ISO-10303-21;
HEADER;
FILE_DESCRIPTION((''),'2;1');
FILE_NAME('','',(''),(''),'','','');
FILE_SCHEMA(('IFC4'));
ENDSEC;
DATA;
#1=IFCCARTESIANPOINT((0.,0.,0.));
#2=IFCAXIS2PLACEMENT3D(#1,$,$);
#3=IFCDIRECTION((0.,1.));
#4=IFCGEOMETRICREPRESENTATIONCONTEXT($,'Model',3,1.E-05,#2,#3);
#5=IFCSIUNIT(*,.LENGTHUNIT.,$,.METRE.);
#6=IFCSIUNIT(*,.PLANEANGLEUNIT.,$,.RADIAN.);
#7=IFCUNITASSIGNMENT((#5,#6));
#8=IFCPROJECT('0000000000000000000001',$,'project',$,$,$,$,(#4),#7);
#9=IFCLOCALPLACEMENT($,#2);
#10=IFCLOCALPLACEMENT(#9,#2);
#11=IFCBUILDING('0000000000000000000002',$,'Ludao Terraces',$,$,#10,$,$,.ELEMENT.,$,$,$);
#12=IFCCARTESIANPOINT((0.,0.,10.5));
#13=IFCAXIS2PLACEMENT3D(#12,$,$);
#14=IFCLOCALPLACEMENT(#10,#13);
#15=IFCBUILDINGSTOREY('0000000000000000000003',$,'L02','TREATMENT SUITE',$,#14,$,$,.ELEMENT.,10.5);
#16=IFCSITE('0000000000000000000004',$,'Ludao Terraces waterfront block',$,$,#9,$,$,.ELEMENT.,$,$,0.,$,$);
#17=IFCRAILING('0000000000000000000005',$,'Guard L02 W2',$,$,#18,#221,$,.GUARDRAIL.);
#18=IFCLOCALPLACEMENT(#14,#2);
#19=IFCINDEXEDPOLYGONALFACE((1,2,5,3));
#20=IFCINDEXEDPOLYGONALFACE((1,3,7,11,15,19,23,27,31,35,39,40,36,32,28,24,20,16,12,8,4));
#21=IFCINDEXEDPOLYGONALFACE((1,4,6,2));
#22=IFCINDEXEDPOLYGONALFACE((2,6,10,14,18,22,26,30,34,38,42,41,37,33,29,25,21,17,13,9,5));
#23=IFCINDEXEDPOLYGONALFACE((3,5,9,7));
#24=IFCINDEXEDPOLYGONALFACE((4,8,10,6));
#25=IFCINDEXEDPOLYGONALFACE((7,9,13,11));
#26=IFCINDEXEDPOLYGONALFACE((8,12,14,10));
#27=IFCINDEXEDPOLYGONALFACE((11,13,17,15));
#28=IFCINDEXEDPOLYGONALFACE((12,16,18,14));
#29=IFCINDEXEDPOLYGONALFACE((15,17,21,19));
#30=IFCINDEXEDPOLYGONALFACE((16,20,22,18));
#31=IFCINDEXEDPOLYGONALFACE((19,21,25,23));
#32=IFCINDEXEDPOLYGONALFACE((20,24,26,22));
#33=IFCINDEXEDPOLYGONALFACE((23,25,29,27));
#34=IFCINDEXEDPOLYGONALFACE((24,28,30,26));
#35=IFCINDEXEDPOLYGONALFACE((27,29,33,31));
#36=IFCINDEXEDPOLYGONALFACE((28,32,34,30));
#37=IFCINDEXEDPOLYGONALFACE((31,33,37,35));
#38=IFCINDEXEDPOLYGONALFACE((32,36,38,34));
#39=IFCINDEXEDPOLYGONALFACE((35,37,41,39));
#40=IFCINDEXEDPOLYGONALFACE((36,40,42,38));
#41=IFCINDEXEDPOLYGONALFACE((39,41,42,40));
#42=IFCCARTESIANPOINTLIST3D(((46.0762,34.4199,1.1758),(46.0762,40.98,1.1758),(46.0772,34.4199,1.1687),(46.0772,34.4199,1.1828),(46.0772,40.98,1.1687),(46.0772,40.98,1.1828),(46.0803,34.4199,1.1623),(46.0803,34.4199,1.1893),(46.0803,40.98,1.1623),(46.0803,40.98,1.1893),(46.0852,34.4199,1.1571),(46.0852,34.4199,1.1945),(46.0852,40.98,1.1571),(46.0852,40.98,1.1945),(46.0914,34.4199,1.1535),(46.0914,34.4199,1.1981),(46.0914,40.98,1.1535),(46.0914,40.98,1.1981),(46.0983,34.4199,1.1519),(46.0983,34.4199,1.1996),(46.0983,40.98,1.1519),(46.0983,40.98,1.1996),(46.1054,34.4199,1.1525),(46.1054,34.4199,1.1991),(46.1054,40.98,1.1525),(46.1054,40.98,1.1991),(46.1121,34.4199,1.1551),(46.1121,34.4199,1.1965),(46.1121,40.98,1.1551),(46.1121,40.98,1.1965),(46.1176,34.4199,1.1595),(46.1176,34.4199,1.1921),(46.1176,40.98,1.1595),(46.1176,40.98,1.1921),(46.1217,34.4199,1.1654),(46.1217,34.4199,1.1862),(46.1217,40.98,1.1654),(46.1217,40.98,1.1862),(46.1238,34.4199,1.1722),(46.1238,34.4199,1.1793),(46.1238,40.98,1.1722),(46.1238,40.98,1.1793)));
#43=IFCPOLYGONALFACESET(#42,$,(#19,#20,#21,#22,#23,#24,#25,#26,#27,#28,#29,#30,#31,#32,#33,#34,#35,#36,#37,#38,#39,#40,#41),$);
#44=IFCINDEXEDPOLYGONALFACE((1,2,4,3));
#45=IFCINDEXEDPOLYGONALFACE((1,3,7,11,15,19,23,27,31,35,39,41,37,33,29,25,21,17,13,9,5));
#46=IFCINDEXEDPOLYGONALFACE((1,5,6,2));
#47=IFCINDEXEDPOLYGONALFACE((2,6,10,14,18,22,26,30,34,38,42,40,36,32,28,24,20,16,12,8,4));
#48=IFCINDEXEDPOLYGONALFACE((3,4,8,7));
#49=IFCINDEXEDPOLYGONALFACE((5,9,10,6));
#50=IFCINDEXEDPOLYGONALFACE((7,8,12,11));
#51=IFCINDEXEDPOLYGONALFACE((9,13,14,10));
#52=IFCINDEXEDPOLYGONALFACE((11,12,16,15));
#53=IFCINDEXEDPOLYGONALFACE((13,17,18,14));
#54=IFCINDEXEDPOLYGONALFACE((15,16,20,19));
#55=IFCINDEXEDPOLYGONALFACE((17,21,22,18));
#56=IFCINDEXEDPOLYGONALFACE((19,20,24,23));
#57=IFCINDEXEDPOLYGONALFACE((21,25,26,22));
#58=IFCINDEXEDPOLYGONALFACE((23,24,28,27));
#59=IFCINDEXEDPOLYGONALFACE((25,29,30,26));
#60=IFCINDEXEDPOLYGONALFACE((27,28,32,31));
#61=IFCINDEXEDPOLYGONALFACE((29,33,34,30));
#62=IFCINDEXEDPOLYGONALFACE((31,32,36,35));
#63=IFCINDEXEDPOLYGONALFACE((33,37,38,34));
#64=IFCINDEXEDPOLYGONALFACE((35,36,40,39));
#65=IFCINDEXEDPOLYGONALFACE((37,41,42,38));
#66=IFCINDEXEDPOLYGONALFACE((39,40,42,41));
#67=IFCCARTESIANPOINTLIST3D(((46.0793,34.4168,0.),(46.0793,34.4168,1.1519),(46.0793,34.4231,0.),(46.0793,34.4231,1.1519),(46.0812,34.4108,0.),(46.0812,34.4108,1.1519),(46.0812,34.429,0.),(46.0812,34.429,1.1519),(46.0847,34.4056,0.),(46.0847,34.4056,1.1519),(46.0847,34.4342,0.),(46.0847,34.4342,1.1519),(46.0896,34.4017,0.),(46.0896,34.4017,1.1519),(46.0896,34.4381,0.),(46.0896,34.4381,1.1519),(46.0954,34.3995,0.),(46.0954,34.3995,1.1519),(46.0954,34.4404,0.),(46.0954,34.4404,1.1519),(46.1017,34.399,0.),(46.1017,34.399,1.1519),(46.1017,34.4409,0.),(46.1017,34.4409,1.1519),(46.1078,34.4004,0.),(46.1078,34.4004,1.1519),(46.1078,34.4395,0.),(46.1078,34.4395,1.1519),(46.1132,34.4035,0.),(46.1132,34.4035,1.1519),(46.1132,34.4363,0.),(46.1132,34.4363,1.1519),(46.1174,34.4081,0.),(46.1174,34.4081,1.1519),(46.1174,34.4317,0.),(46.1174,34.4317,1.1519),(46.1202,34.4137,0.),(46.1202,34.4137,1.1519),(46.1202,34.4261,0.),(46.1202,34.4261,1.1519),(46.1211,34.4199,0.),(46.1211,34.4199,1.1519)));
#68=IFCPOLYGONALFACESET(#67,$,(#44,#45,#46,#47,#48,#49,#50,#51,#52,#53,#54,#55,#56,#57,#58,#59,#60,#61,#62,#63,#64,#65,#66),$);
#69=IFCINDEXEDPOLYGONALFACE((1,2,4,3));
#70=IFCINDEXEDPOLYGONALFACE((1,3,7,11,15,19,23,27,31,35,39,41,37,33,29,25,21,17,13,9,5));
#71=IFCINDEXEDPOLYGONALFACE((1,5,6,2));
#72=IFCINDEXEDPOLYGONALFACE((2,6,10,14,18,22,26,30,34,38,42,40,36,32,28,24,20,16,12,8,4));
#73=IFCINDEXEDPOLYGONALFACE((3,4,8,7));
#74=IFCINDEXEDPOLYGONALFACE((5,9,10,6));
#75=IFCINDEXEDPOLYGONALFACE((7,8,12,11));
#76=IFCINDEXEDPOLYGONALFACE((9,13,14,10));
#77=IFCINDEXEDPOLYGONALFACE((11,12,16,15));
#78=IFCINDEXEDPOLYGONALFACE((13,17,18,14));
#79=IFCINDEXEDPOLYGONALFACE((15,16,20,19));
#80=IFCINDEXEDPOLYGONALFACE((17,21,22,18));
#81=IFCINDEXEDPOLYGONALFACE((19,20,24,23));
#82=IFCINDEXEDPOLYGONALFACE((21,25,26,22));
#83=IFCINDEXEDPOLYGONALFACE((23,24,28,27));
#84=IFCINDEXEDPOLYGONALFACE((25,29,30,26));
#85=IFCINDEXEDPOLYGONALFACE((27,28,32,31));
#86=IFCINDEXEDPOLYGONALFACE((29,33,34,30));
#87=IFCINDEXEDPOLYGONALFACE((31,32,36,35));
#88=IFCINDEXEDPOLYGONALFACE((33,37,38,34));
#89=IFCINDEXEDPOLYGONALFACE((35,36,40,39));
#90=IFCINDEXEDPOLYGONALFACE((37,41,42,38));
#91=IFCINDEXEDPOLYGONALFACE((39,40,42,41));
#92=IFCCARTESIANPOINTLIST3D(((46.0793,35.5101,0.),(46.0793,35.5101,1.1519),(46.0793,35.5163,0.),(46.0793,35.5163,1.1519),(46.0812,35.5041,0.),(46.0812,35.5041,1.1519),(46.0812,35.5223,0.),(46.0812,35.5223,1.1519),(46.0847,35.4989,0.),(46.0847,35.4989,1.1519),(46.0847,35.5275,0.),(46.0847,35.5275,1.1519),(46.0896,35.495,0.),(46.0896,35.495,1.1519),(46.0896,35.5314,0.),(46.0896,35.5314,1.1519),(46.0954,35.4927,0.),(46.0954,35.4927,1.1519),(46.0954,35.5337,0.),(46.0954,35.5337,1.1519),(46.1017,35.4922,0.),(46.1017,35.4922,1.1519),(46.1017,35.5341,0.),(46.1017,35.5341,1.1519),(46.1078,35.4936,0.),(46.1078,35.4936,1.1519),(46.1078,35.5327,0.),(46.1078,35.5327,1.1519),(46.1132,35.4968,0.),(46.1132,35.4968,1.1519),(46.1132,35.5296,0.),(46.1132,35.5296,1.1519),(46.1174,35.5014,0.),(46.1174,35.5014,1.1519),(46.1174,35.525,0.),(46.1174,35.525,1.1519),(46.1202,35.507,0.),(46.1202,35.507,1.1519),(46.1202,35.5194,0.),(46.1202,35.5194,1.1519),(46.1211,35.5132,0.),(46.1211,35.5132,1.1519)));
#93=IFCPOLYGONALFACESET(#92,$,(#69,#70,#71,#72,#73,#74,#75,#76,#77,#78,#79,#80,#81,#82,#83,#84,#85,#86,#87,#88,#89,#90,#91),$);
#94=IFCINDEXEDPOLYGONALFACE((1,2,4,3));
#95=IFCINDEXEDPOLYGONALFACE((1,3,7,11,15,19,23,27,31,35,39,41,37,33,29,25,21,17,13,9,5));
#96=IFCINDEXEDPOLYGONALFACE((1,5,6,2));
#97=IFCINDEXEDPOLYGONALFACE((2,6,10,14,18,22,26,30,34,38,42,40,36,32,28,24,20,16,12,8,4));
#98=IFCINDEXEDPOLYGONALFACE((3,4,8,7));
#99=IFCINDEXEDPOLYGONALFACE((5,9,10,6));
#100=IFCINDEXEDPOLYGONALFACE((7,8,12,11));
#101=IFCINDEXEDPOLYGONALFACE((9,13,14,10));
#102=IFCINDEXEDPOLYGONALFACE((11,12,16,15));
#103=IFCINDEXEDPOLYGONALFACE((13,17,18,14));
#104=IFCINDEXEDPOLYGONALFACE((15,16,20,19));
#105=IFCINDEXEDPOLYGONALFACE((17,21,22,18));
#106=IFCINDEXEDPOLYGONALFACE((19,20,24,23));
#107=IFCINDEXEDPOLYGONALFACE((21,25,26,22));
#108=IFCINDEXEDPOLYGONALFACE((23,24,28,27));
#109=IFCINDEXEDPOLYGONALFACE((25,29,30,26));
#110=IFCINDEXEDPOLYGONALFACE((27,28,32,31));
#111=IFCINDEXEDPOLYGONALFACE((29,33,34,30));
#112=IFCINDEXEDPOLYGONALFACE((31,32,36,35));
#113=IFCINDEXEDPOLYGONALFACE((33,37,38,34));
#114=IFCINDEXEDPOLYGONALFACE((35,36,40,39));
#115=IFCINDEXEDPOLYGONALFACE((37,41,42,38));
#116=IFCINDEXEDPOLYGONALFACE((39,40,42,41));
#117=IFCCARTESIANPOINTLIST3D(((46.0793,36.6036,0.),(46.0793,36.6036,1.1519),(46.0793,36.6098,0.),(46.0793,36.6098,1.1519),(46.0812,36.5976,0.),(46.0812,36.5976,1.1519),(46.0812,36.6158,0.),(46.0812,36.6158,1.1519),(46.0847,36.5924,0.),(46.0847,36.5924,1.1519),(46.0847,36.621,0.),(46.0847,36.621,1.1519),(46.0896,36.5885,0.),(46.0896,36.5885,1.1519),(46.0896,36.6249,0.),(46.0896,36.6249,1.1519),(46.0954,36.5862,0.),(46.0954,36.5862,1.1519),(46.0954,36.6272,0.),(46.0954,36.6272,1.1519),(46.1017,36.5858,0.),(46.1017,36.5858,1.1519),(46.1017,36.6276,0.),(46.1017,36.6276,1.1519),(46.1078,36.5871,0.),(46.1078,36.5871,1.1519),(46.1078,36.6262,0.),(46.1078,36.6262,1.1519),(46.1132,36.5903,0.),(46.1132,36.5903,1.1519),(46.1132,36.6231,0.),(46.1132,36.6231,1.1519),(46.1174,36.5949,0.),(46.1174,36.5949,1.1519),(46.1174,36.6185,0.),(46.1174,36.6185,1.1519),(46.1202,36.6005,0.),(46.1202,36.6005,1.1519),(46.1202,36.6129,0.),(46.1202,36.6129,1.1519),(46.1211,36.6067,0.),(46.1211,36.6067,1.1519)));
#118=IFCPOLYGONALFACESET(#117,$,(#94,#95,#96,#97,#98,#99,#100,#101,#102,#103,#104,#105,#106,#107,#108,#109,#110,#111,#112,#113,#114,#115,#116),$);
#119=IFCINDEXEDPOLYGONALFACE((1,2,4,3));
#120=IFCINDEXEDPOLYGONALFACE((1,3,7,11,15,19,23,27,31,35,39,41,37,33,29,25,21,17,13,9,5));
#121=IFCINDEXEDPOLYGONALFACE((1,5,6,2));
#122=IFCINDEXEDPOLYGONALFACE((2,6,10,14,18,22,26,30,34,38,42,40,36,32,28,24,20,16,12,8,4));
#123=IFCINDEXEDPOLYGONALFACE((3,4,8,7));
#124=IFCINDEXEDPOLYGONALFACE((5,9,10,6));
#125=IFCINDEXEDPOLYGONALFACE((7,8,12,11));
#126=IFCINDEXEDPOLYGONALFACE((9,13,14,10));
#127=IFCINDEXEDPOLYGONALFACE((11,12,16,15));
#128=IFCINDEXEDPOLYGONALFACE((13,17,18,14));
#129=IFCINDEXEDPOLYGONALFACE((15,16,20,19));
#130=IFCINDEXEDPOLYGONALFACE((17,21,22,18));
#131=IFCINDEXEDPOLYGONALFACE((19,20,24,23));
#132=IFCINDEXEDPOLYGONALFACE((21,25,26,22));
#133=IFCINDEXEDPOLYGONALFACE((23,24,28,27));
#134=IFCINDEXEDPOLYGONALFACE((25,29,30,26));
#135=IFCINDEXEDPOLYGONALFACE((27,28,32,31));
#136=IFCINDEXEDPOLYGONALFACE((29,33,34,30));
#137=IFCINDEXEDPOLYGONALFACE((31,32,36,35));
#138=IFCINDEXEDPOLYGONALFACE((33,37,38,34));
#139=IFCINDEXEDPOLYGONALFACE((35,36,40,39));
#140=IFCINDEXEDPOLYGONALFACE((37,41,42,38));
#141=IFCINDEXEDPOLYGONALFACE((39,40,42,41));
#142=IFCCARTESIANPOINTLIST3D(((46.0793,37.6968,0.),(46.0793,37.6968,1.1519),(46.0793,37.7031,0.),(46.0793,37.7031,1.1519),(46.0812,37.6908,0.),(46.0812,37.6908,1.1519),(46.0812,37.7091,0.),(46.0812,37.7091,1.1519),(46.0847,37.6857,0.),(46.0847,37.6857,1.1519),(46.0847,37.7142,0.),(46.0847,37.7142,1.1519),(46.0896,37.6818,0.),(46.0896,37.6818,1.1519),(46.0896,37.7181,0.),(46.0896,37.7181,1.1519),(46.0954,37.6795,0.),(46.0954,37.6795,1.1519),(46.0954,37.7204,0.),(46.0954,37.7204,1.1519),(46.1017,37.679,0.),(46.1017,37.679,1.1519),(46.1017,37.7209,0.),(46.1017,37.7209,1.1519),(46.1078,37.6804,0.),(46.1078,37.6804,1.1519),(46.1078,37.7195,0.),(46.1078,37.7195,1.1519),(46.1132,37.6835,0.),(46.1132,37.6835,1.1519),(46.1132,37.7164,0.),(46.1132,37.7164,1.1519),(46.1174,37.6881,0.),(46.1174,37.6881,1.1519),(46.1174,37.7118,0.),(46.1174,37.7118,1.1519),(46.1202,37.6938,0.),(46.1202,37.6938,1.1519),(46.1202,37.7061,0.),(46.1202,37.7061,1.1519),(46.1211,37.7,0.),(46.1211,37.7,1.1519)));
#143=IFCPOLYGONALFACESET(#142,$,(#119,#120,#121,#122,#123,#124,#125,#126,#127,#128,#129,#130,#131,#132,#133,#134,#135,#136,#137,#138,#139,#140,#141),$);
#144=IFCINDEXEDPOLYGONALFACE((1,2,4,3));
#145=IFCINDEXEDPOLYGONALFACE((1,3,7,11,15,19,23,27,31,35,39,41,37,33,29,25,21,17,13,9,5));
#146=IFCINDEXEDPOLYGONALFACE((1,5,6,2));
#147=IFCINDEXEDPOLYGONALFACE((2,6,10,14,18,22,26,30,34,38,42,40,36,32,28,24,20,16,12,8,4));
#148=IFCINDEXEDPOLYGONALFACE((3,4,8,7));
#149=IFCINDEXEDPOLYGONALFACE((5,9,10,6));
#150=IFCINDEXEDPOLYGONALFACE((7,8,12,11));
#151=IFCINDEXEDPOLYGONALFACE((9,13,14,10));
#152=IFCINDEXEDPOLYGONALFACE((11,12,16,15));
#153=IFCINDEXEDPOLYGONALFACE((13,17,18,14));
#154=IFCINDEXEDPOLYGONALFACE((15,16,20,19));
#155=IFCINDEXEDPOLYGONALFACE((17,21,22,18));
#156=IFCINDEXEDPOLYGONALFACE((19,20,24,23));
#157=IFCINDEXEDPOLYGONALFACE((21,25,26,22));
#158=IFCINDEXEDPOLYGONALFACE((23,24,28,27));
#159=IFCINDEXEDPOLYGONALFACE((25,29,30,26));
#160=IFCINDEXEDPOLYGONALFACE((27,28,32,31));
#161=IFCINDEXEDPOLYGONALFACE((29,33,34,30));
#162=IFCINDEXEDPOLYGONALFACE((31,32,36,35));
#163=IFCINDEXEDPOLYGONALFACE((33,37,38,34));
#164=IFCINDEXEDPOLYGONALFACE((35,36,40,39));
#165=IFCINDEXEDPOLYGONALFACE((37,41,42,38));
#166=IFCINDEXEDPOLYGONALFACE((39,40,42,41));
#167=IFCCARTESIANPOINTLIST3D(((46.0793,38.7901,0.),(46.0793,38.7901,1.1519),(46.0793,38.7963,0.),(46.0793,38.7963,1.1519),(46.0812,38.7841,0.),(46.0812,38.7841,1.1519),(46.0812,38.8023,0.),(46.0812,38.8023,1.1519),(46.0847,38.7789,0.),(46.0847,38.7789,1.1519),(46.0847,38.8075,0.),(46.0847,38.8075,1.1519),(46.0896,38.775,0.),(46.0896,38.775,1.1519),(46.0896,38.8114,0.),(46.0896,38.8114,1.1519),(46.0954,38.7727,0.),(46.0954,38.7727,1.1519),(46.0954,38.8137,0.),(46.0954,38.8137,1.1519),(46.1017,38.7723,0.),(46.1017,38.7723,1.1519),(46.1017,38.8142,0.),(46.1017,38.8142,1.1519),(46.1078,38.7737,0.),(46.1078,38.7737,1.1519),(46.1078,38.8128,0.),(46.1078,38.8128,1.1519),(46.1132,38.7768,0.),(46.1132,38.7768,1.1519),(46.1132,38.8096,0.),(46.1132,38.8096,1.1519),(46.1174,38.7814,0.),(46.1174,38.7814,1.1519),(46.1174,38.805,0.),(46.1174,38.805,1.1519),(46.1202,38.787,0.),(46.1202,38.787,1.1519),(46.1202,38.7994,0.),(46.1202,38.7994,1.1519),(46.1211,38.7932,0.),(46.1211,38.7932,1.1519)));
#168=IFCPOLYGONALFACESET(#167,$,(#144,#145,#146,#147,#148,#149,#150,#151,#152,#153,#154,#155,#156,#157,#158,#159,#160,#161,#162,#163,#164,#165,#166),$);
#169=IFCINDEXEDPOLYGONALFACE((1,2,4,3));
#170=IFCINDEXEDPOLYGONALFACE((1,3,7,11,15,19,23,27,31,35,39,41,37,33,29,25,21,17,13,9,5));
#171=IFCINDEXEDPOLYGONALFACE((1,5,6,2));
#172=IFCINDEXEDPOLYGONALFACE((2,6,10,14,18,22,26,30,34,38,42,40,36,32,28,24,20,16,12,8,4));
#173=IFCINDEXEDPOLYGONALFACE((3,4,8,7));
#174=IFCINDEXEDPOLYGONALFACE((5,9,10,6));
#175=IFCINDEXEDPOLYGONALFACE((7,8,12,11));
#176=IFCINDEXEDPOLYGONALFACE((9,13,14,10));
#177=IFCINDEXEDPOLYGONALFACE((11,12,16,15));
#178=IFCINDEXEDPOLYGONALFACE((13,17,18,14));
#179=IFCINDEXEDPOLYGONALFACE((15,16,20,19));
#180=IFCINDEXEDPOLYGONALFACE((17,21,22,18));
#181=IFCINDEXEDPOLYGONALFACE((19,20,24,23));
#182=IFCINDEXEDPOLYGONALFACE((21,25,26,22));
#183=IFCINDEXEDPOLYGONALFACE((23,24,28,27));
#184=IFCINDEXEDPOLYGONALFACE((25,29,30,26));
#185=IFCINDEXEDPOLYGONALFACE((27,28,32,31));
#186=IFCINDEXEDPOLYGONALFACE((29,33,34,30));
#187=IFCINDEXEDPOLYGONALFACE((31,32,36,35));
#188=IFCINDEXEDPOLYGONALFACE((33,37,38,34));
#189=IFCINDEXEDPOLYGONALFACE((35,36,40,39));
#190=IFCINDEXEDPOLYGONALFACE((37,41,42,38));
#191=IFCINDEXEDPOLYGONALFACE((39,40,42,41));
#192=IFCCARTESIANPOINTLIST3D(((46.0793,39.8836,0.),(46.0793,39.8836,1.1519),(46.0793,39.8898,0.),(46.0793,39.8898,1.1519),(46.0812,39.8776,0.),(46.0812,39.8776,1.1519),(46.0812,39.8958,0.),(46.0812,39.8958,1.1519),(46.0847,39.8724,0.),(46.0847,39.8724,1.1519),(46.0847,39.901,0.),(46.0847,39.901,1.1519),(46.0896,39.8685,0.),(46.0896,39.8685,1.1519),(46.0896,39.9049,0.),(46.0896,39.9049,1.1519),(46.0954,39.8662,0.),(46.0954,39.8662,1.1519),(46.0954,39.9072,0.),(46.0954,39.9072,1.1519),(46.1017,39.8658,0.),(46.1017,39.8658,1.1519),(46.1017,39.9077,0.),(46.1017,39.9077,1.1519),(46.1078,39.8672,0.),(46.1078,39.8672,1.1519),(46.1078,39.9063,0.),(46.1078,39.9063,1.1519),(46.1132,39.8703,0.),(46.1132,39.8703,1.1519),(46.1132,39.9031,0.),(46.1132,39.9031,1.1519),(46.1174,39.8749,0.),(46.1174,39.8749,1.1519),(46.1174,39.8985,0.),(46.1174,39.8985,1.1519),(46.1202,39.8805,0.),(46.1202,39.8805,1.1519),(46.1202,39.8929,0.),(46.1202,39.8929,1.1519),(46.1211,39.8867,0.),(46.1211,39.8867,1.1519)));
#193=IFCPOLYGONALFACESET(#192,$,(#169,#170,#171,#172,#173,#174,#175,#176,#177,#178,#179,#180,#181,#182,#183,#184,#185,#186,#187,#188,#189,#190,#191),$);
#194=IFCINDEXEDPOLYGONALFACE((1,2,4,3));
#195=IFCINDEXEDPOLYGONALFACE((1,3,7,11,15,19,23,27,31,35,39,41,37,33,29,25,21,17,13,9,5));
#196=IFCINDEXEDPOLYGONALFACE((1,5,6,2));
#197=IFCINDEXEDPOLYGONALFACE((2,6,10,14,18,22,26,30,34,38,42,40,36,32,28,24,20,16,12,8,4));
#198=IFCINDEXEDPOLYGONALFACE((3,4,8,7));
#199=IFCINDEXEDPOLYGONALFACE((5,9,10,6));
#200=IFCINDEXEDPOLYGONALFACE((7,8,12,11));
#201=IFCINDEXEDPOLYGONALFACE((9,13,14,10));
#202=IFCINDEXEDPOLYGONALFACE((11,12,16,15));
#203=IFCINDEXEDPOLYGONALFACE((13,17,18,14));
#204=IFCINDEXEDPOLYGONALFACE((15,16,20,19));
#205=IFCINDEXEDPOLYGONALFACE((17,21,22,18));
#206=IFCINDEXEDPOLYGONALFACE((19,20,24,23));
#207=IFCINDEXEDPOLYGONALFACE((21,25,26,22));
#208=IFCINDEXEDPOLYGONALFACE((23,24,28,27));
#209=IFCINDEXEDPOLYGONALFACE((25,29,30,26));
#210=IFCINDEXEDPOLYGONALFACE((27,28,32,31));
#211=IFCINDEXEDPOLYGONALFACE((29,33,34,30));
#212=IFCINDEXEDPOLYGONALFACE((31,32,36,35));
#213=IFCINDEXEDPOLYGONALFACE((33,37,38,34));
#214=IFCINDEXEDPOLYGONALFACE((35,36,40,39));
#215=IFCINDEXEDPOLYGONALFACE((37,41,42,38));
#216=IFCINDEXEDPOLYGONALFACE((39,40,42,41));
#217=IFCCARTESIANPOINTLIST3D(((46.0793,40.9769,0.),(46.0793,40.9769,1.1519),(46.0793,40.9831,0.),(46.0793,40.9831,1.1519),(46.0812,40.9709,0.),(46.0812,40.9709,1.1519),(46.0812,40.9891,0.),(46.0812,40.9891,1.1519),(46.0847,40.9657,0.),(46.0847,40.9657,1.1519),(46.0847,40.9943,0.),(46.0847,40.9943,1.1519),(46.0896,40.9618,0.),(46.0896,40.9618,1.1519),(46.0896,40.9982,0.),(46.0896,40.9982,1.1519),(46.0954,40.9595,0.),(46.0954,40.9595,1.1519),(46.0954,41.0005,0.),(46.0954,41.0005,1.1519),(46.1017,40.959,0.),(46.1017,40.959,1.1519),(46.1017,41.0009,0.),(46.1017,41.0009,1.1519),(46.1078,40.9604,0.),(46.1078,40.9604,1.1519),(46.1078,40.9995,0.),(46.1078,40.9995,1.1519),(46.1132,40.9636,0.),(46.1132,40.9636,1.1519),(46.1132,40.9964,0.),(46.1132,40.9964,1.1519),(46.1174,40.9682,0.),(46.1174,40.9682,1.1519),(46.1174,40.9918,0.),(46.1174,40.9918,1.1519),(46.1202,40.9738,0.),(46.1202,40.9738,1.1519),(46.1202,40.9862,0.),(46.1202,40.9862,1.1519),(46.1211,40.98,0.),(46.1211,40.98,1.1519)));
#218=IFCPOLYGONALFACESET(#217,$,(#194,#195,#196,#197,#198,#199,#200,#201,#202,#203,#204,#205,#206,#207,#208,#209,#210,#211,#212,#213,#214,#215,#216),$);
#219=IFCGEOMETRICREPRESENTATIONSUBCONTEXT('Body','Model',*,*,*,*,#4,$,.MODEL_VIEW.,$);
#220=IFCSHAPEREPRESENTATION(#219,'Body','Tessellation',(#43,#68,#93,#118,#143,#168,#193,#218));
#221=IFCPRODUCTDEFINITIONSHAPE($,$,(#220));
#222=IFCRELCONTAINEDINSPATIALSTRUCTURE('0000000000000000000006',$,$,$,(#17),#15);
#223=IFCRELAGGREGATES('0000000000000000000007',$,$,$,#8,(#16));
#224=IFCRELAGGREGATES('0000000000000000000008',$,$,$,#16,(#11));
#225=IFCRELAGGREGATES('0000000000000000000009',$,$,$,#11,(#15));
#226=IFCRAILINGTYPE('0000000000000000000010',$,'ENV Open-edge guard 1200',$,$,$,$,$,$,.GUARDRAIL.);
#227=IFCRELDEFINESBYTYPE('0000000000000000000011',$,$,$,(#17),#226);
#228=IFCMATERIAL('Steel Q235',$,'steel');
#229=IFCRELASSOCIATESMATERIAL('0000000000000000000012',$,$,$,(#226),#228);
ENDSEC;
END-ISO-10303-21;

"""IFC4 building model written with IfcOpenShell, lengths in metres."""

from ifc_helpers import new_model, si_unit, direction, frame, origin, origin_2d, place, context, subcontext, project, spatial, circle, extrude, material, type_object, element, save


model = new_model("IFC4")

# Units and contexts
model_context = context("Model", 3, precision=1e-05, world=origin(), true_north=direction((0.0, 1.0)))
body_context = subcontext(model_context, "Body", "Model", "MODEL_VIEW")
ifc_project = project(units=[si_unit("LENGTHUNIT", "METRE"), si_unit("PLANEANGLEUNIT", "RADIAN")], contexts=[model_context])

# Site, building, storey
site_placement = place(None, origin())
site = spatial("IfcSite", under=ifc_project, at=site_placement, Name="Ludao Terraces waterfront block", CompositionType="ELEMENT", RefElevation=0.0)
building_placement = place(site_placement, origin())
building = spatial("IfcBuilding", under=site, at=building_placement, Name="Ludao Terraces", CompositionType="ELEMENT")
storey_placement = place(building_placement, frame((0.0, 0.0, 10.5)))
storey = spatial("IfcBuildingStorey", under=building, at=storey_placement, Name="L02", Description="TREATMENT SUITE", CompositionType="ELEMENT", Elevation=10.5)

# Railing
ifc_material_1 = material(Name="Steel Q235", Category="steel")
railing_type = type_object("IfcRailingType", Name="ENV Open-edge guard 1200", PredefinedType="GUARDRAIL", material=ifc_material_1)
railing_1_placement = place(storey_placement, frame((46.1001, 34.4199, 0.0)))
element("IfcRailing", 1, at=railing_1_placement, inside=storey, type_object=railing_type, Name="Guard L02 W2", PredefinedType="GUARDRAIL", context=body_context, shape_type="SweptSolid", body=[
    extrude(circle(Radius=0.0239, at=origin_2d()), frame((0.0, 0.0, 1.1758), z_axis=(0.0, 1.0, 0.0), x_axis=(-1.0, 0.0, 0.0)), (0.0, 0.0, 1.0), 6.5601),
    extrude(circle(Radius=0.021, at=origin_2d()), origin(), (0.0, 0.0, 1.0), 1.1519),
    extrude(circle(Radius=0.021, at=origin_2d()), frame((0.0, 1.0933, 0.0)), (0.0, 0.0, 1.0), 1.1519),
    extrude(circle(Radius=0.021, at=origin_2d()), frame((0.0, 2.1868, 0.0)), (0.0, 0.0, 1.0), 1.1519),
    extrude(circle(Radius=0.021, at=origin_2d()), frame((0.0, 3.28, 0.0)), (0.0, 0.0, 1.0), 1.1519),
    extrude(circle(Radius=0.021, at=origin_2d()), frame((0.0, 4.3733, 0.0)), (0.0, 0.0, 1.0), 1.1519),
    extrude(circle(Radius=0.021, at=origin_2d()), frame((0.0, 5.4668, 0.0)), (0.0, 0.0, 1.0), 1.1519),
    extrude(circle(Radius=0.021, at=origin_2d()), frame((0.0, 6.5601, 0.0)), (0.0, 0.0, 1.0), 1.1519),
])

save(model, "model.ifc")
